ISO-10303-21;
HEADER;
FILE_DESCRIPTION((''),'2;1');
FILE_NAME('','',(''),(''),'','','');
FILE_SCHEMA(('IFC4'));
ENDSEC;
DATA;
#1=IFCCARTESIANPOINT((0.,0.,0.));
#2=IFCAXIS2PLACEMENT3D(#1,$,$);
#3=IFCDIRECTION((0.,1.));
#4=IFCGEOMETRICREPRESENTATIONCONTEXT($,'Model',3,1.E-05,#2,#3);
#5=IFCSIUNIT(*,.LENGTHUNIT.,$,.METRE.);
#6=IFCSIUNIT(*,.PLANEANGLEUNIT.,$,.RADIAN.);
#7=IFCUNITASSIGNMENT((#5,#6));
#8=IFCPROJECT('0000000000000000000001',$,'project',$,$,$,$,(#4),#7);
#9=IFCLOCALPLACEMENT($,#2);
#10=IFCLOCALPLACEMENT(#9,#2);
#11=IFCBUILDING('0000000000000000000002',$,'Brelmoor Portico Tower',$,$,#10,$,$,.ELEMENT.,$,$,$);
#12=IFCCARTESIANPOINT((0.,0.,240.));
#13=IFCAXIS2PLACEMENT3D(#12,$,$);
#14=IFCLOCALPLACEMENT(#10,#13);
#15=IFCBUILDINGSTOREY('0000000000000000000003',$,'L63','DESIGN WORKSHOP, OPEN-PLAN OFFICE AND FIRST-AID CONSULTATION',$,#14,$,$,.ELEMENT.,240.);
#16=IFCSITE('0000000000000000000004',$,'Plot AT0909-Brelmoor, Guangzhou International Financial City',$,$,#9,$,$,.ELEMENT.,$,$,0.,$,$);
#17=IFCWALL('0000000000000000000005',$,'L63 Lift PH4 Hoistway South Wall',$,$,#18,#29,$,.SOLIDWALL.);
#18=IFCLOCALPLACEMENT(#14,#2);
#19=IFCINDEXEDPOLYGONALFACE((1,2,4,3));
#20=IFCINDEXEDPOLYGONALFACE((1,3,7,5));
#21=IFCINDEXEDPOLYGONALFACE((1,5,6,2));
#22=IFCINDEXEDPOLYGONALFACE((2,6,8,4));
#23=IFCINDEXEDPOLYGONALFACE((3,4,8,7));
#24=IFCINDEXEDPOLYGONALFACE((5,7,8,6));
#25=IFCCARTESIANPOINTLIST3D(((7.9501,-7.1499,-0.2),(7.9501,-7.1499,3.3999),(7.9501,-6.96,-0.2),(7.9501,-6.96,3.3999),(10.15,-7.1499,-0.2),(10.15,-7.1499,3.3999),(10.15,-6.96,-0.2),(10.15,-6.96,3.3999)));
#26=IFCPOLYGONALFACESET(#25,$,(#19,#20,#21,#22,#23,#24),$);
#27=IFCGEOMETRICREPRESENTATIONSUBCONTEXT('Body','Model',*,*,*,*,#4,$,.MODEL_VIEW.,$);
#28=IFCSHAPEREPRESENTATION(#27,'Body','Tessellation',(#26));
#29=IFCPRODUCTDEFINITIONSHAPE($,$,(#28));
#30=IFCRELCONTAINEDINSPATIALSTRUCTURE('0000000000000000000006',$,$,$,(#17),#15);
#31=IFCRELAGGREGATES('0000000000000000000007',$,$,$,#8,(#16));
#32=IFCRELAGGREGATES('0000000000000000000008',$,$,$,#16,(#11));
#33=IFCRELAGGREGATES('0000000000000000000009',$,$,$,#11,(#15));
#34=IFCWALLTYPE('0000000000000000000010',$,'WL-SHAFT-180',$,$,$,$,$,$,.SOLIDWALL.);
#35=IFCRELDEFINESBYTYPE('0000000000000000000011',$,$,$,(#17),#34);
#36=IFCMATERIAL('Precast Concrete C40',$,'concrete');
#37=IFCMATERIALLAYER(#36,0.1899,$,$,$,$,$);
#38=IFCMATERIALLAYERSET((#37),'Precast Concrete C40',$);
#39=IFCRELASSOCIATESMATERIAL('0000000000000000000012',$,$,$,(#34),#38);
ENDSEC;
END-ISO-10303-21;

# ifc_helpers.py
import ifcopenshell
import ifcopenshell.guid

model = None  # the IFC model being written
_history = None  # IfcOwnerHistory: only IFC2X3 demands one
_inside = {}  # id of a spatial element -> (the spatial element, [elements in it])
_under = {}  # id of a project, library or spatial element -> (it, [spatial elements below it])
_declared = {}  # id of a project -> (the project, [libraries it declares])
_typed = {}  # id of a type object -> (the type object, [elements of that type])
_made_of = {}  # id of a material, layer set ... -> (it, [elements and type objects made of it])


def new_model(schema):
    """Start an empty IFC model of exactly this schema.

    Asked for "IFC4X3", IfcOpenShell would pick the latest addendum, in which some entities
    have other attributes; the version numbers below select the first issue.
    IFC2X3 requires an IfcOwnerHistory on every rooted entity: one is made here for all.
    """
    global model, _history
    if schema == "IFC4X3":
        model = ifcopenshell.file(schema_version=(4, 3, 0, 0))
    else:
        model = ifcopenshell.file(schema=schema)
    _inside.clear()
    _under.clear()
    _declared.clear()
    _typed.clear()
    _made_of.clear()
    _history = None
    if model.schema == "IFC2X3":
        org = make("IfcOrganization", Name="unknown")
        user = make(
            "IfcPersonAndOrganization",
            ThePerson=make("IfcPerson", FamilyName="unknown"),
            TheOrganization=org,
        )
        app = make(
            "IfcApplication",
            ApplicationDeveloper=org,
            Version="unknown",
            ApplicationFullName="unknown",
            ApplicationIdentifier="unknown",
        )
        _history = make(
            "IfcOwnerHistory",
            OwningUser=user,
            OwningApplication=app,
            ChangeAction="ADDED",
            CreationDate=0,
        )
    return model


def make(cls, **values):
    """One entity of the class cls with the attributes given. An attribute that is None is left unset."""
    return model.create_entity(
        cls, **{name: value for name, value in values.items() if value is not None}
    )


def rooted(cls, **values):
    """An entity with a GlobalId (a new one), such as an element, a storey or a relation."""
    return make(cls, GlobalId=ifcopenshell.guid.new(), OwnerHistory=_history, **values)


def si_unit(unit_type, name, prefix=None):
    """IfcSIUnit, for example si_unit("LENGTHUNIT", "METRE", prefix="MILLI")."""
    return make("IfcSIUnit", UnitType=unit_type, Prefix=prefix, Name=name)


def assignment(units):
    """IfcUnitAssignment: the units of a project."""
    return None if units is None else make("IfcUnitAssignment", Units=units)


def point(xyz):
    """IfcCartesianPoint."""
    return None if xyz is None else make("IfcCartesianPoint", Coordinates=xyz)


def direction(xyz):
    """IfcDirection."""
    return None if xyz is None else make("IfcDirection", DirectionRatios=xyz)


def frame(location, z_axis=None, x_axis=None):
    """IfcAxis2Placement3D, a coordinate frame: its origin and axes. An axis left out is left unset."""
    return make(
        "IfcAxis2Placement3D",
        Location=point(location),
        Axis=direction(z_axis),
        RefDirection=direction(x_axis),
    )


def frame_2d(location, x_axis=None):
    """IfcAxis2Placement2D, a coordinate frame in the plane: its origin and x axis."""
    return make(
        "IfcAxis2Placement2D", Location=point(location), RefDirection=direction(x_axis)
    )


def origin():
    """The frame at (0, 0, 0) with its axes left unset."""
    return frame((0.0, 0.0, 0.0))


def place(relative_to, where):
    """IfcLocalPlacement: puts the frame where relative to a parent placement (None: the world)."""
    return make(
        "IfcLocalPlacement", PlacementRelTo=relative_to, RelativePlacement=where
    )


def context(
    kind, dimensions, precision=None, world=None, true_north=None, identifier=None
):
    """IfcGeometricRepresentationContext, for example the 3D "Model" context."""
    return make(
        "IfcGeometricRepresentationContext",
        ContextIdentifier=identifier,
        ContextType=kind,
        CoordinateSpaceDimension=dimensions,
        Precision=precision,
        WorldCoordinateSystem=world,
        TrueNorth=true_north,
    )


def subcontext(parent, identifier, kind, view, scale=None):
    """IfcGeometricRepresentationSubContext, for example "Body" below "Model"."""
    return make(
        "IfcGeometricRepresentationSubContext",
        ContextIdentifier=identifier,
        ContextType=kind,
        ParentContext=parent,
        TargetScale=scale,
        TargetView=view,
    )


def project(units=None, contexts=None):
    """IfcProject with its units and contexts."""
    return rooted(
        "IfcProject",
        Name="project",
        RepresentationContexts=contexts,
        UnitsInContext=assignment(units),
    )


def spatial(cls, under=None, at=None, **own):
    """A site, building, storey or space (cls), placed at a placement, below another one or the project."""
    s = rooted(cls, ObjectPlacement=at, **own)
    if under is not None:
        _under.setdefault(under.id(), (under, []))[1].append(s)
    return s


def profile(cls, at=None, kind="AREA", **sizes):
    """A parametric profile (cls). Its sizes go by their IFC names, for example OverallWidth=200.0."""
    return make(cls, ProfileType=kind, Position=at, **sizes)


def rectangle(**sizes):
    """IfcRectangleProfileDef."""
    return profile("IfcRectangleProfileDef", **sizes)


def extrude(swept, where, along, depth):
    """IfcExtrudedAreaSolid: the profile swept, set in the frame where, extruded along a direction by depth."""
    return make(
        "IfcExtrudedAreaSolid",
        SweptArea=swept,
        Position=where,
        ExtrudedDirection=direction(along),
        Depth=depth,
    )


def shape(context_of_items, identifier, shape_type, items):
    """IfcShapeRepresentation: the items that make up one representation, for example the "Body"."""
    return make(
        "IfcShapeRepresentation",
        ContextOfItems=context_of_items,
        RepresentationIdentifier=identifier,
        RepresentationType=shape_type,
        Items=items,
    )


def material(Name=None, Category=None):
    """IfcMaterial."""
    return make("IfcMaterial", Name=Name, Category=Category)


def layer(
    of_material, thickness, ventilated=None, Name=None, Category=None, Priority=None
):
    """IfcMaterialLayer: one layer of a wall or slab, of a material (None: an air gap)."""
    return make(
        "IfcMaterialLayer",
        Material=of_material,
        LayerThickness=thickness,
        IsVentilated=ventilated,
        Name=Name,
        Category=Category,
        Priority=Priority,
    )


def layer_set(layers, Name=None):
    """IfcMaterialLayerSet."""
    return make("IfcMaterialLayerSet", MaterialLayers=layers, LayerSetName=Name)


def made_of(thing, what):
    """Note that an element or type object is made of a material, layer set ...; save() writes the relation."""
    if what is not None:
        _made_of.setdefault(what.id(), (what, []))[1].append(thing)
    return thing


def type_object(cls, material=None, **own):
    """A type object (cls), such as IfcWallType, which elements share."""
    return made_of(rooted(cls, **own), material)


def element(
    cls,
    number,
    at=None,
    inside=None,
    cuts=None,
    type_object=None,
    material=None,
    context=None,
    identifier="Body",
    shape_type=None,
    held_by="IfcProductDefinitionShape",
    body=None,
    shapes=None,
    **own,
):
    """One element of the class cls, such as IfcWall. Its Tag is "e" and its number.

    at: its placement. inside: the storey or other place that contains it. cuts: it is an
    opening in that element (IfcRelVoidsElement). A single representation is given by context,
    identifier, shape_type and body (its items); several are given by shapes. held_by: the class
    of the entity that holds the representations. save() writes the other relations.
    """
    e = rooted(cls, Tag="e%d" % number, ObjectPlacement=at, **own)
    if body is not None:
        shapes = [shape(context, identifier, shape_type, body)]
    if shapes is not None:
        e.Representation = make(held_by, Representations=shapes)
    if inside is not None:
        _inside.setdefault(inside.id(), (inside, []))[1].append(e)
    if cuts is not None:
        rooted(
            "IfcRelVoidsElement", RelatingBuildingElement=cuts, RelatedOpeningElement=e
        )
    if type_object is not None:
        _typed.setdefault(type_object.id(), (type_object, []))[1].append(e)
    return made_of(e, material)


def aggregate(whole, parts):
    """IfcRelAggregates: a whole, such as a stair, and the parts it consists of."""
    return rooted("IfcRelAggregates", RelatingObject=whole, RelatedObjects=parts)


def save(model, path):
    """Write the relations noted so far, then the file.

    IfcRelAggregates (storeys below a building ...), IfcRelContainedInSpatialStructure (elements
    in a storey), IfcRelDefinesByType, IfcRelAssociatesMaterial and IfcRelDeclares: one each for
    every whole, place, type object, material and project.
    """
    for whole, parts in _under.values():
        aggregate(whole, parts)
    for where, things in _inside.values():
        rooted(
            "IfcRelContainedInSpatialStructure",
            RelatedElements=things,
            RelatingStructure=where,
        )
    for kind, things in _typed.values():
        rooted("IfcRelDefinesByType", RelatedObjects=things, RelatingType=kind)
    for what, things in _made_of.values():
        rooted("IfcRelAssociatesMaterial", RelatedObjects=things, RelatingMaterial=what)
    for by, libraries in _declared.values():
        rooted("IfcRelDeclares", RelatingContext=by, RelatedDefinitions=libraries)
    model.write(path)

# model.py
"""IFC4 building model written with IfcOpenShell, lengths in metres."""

from ifc_helpers import new_model, si_unit, direction, frame, frame_2d, origin, place, context, subcontext, project, spatial, rectangle, extrude, material, layer, layer_set, type_object, element, save


model = new_model("IFC4")

# Units and contexts
model_context = context("Model", 3, precision=1e-05, world=origin(), true_north=direction((0.0, 1.0)))
body_context = subcontext(model_context, "Body", "Model", "MODEL_VIEW")
ifc_project = project(units=[si_unit("LENGTHUNIT", "METRE"), si_unit("PLANEANGLEUNIT", "RADIAN")], contexts=[model_context])

# Site, building, storey
site_placement = place(None, origin())
site = spatial("IfcSite", under=ifc_project, at=site_placement, Name="Plot AT0909-Brelmoor, Guangzhou International Financial City", CompositionType="ELEMENT", RefElevation=0.0)
building_placement = place(site_placement, origin())
building = spatial("IfcBuilding", under=site, at=building_placement, Name="Brelmoor Portico Tower", CompositionType="ELEMENT")
storey_placement = place(building_placement, frame((0.0, 0.0, 240.0)))
storey = spatial("IfcBuildingStorey", under=building, at=storey_placement, Name="L63", Description="DESIGN WORKSHOP, OPEN-PLAN OFFICE AND FIRST-AID CONSULTATION", CompositionType="ELEMENT", Elevation=240.0)

# Wall
ifc_material_1 = material(Name="Precast Concrete C40", Category="concrete")
ifc_layer_1 = layer(ifc_material_1, 0.1899)
ifc_layer_set_1 = layer_set([ifc_layer_1], Name="Precast Concrete C40")
wall_type_1 = type_object("IfcWallType", Name="WL-SHAFT-180", PredefinedType="SOLIDWALL", material=ifc_layer_set_1)
for number, where, z_axis, x_axis, name in (
    (1, (7.95, -7.0549, -0.2), (0.0, 0.0, 1.0), (1.0, 0.0, 0.0), "L63 Lift PH4 Hoistway South Wall"),
):
    element("IfcWall", number, at=place(storey_placement, frame(where, z_axis=z_axis, x_axis=x_axis)), inside=storey, type_object=wall_type_1, Name=name, PredefinedType="SOLIDWALL", context=body_context, shape_type="SweptSolid", body=[
        extrude(rectangle(XDim=2.2, YDim=0.1899, at=frame_2d((1.1001, 0.0))), origin(), (0.0, 0.0, 1.0), 3.5999),
    ])

save(model, "model.ifc")
